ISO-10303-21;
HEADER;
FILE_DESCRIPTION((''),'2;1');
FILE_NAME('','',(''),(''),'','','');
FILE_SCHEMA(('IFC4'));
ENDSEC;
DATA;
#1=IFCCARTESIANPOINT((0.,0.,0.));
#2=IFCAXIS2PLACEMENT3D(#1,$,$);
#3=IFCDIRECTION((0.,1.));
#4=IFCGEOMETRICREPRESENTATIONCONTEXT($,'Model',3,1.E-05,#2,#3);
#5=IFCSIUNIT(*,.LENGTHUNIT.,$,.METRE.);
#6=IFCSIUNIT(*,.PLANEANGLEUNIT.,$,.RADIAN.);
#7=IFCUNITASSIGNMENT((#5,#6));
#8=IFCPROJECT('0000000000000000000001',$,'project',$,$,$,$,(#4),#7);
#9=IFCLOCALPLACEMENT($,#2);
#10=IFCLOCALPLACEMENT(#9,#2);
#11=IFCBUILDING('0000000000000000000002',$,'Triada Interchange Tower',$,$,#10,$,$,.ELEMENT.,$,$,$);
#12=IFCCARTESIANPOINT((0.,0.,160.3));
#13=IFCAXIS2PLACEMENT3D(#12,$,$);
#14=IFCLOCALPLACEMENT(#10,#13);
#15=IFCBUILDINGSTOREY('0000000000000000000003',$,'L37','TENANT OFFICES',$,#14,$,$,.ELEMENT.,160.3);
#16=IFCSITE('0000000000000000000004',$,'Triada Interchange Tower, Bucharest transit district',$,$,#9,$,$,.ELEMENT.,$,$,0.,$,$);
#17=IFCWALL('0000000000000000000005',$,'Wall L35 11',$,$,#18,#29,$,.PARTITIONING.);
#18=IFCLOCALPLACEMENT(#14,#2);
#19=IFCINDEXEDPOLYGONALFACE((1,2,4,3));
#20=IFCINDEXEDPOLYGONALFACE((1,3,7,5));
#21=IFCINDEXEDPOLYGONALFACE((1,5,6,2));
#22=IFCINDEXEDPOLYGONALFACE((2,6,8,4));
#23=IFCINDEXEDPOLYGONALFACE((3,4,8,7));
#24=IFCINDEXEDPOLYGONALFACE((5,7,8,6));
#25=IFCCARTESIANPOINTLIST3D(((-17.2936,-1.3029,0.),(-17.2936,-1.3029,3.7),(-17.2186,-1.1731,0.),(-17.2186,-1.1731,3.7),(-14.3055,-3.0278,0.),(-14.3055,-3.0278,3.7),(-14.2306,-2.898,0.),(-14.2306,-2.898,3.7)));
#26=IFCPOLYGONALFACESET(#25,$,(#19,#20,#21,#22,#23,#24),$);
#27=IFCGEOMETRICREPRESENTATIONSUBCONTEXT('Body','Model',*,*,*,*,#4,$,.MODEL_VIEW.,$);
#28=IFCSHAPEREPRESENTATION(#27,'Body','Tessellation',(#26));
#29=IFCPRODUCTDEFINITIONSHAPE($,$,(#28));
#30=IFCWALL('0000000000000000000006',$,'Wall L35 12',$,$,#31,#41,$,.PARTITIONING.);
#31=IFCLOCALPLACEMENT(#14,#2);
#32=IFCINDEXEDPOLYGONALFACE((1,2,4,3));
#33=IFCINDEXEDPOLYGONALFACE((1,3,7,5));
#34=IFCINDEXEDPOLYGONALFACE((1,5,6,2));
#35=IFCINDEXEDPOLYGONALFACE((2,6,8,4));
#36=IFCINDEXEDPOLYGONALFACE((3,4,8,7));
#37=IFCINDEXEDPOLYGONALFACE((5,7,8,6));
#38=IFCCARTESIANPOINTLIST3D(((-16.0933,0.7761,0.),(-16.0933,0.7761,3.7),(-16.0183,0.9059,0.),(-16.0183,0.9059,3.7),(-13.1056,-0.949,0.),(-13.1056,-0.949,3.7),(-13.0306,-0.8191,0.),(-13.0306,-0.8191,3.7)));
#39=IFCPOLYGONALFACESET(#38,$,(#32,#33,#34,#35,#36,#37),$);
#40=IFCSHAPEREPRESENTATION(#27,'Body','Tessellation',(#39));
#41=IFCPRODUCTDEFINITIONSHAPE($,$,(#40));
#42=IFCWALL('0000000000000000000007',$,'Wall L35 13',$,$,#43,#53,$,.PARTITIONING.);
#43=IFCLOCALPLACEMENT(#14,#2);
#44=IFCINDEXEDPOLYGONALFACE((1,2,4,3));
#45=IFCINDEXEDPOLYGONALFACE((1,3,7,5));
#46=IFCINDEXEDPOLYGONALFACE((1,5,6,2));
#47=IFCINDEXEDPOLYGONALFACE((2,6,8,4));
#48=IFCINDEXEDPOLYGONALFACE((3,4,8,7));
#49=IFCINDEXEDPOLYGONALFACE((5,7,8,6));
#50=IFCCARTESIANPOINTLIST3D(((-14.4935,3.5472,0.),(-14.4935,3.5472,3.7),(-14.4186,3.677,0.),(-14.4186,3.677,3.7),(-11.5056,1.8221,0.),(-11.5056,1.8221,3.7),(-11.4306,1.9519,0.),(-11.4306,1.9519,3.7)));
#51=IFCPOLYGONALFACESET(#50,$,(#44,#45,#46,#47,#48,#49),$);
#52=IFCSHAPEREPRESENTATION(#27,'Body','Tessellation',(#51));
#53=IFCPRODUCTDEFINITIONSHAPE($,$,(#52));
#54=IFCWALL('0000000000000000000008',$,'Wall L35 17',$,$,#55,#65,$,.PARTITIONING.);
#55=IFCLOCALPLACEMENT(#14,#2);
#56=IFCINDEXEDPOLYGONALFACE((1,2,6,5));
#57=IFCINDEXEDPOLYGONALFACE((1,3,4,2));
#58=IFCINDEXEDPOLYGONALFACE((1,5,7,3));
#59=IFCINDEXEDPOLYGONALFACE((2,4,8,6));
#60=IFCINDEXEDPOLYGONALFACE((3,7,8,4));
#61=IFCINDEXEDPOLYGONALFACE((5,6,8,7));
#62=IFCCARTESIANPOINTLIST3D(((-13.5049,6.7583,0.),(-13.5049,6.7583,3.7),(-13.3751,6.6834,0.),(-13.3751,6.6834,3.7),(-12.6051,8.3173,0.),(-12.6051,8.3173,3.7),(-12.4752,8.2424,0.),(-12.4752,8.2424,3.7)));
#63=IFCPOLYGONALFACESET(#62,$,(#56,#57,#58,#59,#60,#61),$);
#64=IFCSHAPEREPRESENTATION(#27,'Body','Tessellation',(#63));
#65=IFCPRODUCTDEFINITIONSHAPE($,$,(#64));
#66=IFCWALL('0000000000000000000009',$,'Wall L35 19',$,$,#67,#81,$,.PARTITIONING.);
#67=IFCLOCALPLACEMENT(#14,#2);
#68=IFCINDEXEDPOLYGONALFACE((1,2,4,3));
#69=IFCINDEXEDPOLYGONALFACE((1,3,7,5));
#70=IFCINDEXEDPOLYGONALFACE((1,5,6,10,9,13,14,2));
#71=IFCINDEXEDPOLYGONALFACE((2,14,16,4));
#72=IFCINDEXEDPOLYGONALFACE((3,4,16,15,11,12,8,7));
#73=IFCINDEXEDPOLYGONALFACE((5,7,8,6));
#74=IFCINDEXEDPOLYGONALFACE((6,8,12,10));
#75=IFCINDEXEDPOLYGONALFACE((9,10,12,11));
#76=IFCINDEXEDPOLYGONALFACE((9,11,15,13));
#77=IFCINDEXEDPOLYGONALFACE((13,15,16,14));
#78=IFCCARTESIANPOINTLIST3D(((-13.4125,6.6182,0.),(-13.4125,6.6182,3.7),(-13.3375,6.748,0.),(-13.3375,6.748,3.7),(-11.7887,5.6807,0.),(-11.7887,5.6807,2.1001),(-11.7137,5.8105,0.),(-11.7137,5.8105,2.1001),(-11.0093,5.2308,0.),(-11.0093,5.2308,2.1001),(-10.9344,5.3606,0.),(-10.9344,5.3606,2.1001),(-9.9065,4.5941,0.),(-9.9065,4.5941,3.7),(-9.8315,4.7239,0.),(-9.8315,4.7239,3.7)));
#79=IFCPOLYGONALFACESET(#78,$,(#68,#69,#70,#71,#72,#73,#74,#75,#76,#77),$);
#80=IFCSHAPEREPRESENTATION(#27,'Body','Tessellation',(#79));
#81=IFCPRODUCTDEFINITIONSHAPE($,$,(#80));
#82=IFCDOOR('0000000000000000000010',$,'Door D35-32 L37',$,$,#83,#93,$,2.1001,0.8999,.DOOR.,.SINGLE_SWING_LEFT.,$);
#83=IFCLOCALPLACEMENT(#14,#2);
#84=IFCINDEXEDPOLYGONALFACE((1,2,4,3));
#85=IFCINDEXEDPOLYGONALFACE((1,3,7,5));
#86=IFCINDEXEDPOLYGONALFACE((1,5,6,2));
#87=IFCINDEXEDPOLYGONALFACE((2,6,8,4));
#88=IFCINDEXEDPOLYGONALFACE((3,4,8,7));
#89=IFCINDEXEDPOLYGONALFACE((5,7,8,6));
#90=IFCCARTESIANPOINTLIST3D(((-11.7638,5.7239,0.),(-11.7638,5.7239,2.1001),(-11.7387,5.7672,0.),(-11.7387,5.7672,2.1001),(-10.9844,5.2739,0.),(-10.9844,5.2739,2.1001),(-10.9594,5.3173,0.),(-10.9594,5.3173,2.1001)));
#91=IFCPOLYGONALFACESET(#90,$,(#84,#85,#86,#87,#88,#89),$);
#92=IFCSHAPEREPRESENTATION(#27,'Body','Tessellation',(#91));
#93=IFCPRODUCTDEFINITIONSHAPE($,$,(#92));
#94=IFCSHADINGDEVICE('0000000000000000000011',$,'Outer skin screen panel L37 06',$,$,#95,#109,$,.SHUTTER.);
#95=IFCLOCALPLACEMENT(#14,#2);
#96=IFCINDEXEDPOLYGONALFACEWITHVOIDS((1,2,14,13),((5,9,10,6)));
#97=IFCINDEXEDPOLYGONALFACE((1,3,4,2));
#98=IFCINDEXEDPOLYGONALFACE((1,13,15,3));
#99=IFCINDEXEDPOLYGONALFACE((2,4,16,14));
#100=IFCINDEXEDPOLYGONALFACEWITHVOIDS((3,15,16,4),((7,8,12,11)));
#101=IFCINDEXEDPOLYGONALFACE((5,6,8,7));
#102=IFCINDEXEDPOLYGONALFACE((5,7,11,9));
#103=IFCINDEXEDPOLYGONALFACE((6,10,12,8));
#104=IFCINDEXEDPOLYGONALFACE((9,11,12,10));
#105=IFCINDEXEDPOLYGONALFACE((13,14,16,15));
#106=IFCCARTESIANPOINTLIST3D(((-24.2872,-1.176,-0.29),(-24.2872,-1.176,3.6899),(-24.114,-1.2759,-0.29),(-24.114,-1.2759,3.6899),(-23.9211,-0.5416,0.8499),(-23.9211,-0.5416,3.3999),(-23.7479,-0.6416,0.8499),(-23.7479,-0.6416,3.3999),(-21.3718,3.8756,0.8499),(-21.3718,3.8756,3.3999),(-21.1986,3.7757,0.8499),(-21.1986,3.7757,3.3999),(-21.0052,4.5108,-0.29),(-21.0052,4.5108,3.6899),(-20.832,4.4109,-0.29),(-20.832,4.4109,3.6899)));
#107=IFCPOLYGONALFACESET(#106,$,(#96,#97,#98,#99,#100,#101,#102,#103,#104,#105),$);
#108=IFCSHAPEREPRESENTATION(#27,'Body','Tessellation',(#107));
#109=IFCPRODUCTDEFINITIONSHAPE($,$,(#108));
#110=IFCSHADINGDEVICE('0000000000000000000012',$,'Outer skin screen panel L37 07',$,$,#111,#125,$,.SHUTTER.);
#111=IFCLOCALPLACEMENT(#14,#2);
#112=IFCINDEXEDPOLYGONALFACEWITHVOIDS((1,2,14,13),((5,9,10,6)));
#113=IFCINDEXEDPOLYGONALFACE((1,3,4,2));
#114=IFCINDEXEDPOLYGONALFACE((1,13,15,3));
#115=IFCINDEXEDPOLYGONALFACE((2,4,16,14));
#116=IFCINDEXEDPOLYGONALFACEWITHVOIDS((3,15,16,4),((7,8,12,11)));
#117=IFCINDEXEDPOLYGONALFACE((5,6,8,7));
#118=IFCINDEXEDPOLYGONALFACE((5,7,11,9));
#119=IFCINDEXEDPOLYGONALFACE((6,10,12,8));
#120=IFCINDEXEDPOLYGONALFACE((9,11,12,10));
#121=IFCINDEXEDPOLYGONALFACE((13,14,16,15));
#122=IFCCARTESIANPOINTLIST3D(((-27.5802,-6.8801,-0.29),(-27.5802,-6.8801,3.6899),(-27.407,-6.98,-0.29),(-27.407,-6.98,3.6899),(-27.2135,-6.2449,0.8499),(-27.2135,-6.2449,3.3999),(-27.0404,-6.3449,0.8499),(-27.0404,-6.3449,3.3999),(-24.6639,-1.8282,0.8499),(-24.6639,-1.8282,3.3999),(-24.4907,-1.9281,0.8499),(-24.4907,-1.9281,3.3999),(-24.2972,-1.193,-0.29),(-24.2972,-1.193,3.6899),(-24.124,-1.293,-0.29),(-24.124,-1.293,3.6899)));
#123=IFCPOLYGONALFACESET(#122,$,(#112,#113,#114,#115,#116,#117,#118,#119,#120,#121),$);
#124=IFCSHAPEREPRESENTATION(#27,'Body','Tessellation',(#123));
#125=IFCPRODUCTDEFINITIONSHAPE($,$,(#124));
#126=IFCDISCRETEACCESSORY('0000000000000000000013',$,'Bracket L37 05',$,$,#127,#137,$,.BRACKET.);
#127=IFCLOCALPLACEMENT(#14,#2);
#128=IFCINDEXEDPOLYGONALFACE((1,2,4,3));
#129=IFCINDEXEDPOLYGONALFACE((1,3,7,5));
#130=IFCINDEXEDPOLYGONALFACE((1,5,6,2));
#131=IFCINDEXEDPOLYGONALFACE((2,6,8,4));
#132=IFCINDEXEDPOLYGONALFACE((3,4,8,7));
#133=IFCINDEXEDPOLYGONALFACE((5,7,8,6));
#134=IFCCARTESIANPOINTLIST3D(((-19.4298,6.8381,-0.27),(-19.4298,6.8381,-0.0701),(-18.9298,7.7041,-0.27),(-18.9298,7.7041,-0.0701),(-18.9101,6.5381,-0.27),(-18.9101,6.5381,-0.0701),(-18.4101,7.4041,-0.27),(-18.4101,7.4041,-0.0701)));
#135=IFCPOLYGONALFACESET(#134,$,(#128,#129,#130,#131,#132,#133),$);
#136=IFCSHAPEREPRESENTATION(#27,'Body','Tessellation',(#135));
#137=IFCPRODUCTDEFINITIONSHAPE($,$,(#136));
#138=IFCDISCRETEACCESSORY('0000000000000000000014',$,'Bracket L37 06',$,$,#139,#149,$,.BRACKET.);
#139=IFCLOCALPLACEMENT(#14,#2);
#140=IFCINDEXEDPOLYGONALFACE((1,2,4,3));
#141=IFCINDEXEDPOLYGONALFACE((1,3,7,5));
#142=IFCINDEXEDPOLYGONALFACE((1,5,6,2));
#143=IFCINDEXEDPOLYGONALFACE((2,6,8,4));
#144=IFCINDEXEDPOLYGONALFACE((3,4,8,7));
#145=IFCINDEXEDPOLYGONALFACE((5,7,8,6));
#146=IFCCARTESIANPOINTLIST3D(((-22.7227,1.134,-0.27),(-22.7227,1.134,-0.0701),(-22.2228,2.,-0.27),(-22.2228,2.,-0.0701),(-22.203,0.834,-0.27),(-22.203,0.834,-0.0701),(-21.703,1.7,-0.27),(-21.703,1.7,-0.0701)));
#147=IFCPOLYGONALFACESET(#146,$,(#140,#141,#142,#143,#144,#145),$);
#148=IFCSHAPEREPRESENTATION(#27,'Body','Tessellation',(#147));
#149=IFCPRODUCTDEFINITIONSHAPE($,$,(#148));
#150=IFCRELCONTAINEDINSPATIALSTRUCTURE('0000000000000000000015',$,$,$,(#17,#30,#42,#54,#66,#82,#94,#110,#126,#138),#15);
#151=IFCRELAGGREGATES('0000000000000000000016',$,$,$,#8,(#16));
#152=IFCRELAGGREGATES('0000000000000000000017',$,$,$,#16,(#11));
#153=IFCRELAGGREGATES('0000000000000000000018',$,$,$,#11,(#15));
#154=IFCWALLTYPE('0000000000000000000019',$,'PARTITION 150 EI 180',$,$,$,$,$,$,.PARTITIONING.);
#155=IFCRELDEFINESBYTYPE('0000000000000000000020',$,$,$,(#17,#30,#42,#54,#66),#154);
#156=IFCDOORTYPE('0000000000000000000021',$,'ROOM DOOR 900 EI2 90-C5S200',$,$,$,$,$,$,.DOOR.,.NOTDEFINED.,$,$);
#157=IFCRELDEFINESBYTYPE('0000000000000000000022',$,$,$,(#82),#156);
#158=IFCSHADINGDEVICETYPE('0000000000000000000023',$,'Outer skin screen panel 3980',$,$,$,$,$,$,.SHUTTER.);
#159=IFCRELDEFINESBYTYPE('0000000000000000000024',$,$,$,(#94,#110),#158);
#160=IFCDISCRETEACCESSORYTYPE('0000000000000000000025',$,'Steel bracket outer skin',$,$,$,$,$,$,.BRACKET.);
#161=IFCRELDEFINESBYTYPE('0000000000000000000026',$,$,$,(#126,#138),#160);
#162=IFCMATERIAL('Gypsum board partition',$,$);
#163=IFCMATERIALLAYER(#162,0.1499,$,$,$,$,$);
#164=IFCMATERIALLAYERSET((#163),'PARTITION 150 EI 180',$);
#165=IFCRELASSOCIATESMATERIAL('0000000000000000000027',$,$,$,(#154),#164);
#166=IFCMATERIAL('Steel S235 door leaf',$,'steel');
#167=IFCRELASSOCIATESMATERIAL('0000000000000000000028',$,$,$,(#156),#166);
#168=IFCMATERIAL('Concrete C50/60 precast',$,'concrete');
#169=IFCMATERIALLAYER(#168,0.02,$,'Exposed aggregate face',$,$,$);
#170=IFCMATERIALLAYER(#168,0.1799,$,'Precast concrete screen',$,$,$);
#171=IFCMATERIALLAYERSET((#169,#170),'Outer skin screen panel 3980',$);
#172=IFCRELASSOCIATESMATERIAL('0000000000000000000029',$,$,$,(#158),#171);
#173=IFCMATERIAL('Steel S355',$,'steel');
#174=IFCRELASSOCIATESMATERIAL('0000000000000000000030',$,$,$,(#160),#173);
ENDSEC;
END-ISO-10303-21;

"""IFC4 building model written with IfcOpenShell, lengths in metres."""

from ifc_helpers import new_model, si_unit, direction, frame, frame_2d, origin, origin_2d, place, context, subcontext, project, spatial, polyline, rectangle, outline, extrude, material, layer, layer_set, type_object, element, fill, save


model = new_model("IFC4")

# Units and contexts
model_context = context("Model", 3, precision=1e-05, world=origin(), true_north=direction((0.0, 1.0)))
body_context = subcontext(model_context, "Body", "Model", "MODEL_VIEW")
ifc_project = project(units=[si_unit("LENGTHUNIT", "METRE"), si_unit("PLANEANGLEUNIT", "RADIAN")], contexts=[model_context])

# Site, building, storey
site_placement = place(None, origin())
site = spatial("IfcSite", under=ifc_project, at=site_placement, Name="Triada Interchange Tower, Bucharest transit district", CompositionType="ELEMENT", RefElevation=0.0)
building_placement = place(site_placement, origin())
building = spatial("IfcBuilding", under=site, at=building_placement, Name="Triada Interchange Tower", CompositionType="ELEMENT")
storey_placement = place(building_placement, frame((0.0, 0.0, 160.3)))
storey = spatial("IfcBuildingStorey", under=building, at=storey_placement, Name="L37", Description="TENANT OFFICES", CompositionType="ELEMENT", Elevation=160.3)

# Shared definitions
ifc_material_1 = material(Name="Steel S235 door leaf", Category="steel")

# Shared definitions
ifc_material_2 = material(Name="Gypsum board partition")
ifc_layer_1 = layer(ifc_material_2, 0.1499)
ifc_layer_set_1 = layer_set([ifc_layer_1], Name="PARTITION 150 EI 180")
wall_type_1 = type_object("IfcWallType", Name="PARTITION 150 EI 180", PredefinedType="PARTITIONING", material=ifc_layer_set_1)

# Walls
wall_1_placement = place(storey_placement, frame((-17.2561, -1.238, 0.0), z_axis=(0.0, 0.0, 1.0), x_axis=(0.866062, -0.499937, 0.0)))
element("IfcWall", 1, at=wall_1_placement, inside=storey, type_object=wall_type_1, Name="Wall L35 11", PredefinedType="PARTITIONING", context=body_context, shape_type="SweptSolid", body=[
    extrude(rectangle(XDim=3.4502, YDim=0.1499, at=frame_2d((1.7251, 0.0))), origin(), (0.0, 0.0, 1.0), 3.7),
])
wall_2_placement = place(storey_placement, frame((-16.0559, 0.8411, 0.0), z_axis=(0.0, 0.0, 1.0), x_axis=(0.866014, -0.500021, 0.0)))
element("IfcWall", 2, at=wall_2_placement, inside=storey, type_object=wall_type_1, Name="Wall L35 12", PredefinedType="PARTITIONING", context=body_context, shape_type="SweptSolid", body=[
    extrude(rectangle(XDim=3.45, YDim=0.1499, at=frame_2d((1.7251, 0.0))), origin(), (0.0, 0.0, 1.0), 3.7),
])
wall_3_placement = place(storey_placement, frame((-14.4561, 3.6121, 0.0), z_axis=(0.0, 0.0, 1.0), x_axis=(0.866031, -0.49999, 0.0)))
element("IfcWall", 3, at=wall_3_placement, inside=storey, type_object=wall_type_1, Name="Wall L35 13", PredefinedType="PARTITIONING", context=body_context, shape_type="SweptSolid", body=[
    extrude(rectangle(XDim=3.4502, YDim=0.1499, at=frame_2d((1.7251, 0.0))), origin(), (0.0, 0.0, 1.0), 3.7),
])
wall_4_placement = place(storey_placement, frame((-13.4399, 6.7209, 0.0), z_axis=(0.0, 0.0, 1.0), x_axis=(0.499902, 0.866082, 0.0)))
element("IfcWall", 4, at=wall_4_placement, inside=storey, type_object=wall_type_1, Name="Wall L35 17", PredefinedType="PARTITIONING", context=body_context, shape_type="SweptSolid", body=[
    extrude(rectangle(XDim=1.8, YDim=0.1499, at=frame_2d((0.8999, 0.0))), origin(), (0.0, 0.0, 1.0), 3.7),
])

# Wall, opening, door
wall_5_placement = place(storey_placement, frame((-13.375, 6.6831, 0.0), z_axis=(0.0, 0.0, 1.0), x_axis=(0.866034, -0.499985, 0.0)))
wall_5 = element("IfcWall", 5, at=wall_5_placement, inside=storey, type_object=wall_type_1, Name="Wall L35 19", PredefinedType="PARTITIONING", context=body_context, shape_type="SweptSolid", body=[
    extrude(rectangle(XDim=4.0483, YDim=0.1499, at=frame_2d((2.0242, 0.0))), origin(), (0.0, 0.0, 1.0), 3.7),
])
opening_1_placement = place(wall_5_placement, frame((1.875, 0.0, 0.0)))
opening_1 = element("IfcOpeningElement", 6, at=opening_1_placement, cuts=wall_5, PredefinedType="OPENING", context=body_context, shape_type="SweptSolid", body=[
    extrude(rectangle(XDim=0.8999, YDim=2.1001, at=frame_2d((0.45, 1.05))), frame((0.0, 0.085, 0.0), z_axis=(0.0, -1.0, 0.0), x_axis=(1.0, 0.0, 0.0)), (0.0, 0.0, 1.0), 0.1699),
])
door_type_1 = type_object("IfcDoorType", Name="ROOM DOOR 900 EI2 90-C5S200", OperationType="NOTDEFINED", PredefinedType="DOOR", material=ifc_material_1)
door_1_placement = place(opening_1_placement, origin())
door_1 = element("IfcDoor", 7, at=door_1_placement, inside=storey, type_object=door_type_1, Name="Door D35-32 L37", OperationType="SINGLE_SWING_LEFT", OverallHeight=2.1001, OverallWidth=0.8999, PredefinedType="DOOR", context=body_context, shape_type="SweptSolid", body=[
    extrude(rectangle(XDim=0.8999, YDim=2.1001, at=frame_2d((0.45, 1.05))), frame((0.0, 0.0249, 0.0), z_axis=(0.0, -1.0, 0.0), x_axis=(1.0, 0.0, 0.0)), (0.0, 0.0, 1.0), 0.05),
])
fill(opening_1, door_1)

# Shading devices
ifc_material_3 = material(Name="Concrete C50/60 precast", Category="concrete")
ifc_layer_2 = layer(ifc_material_3, 0.02, Name="Exposed aggregate face")
ifc_layer_3 = layer(ifc_material_3, 0.1799, Name="Precast concrete screen")
ifc_layer_set_2 = layer_set([ifc_layer_2, ifc_layer_3], Name="Outer skin screen panel 3980")
shading_device_type = type_object("IfcShadingDeviceType", Name="Outer skin screen panel 3980", PredefinedType="SHUTTER", material=ifc_layer_set_2)
shading_device_1_placement = place(storey_placement, frame((-20.832, 4.4109, -0.29), z_axis=(0.0, 0.0, 1.0), x_axis=(-0.499854, -0.866109, 0.0)))
element("IfcShadingDevice", 8, at=shading_device_1_placement, inside=storey, type_object=shading_device_type, Name="Outer skin screen panel L37 06", PredefinedType="SHUTTER", context=body_context, shape_type="SweptSolid", body=[
    extrude(outline(polyline([(0.0, 0.0), (6.5659, 0.0), (6.5659, 3.98), (0.0, 3.98), (0.0, 0.0)]), holes=[polyline([(0.7334, 1.1399), (0.7334, 3.6899), (5.8335, 3.6899), (5.8335, 1.1399), (0.7334, 1.1399)])]), frame((0.0, 0.0, 0.0), z_axis=(0.0, -1.0, 0.0), x_axis=(1.0, 0.0, 0.0)), (0.0, 0.0, 1.0), 0.2),
])
shading_device_2_placement = place(storey_placement, frame((-24.124, -1.293, -0.29), z_axis=(0.0, 0.0, 1.0), x_axis=(-0.49995, -0.866054, 0.0)))
element("IfcShadingDevice", 9, at=shading_device_2_placement, inside=storey, type_object=shading_device_type, Name="Outer skin screen panel L37 07", PredefinedType="SHUTTER", context=body_context, shape_type="SweptSolid", body=[
    extrude(outline(polyline([(0.0, 0.0), (6.5667, 0.0), (6.5667, 3.98), (0.0, 3.98), (0.0, 0.0)]), holes=[polyline([(0.7334, 1.1399), (0.7334, 3.6899), (5.8333, 3.6899), (5.8333, 1.1399), (0.7334, 1.1399)])]), frame((0.0, 0.0, 0.0), z_axis=(0.0, -1.0, 0.0), x_axis=(1.0, 0.0, 0.0)), (0.0, 0.0, 1.0), 0.2),
])

# Discrete accessories
ifc_material_4 = material(Name="Steel S355", Category="steel")
discrete_accessory_type = type_object("IfcDiscreteAccessoryType", Name="Steel bracket outer skin", PredefinedType="BRACKET", material=ifc_material_4)
for number, where, z_axis, x_axis, name in (
    (10, (-18.9199, 7.1211, -0.27), (0.0, 0.0, 1.0), (-0.866036, 0.499982, 0.0), "Bracket L37 05"),
    (11, (-22.2129, 1.417, -0.27), (0.0, 0.0, 1.0), (-0.866036, 0.499982, 0.0), "Bracket L37 06"),
):
    element("IfcDiscreteAccessory", number, at=place(storey_placement, frame(where, z_axis=z_axis, x_axis=x_axis)), inside=storey, type_object=discrete_accessory_type, Name=name, PredefinedType="BRACKET", context=body_context, shape_type="SweptSolid", body=[
        extrude(rectangle(XDim=0.6001, YDim=1.0, at=origin_2d()), origin(), (0.0, 0.0, 1.0), 0.2),
    ])

save(model, "model.ifc")
